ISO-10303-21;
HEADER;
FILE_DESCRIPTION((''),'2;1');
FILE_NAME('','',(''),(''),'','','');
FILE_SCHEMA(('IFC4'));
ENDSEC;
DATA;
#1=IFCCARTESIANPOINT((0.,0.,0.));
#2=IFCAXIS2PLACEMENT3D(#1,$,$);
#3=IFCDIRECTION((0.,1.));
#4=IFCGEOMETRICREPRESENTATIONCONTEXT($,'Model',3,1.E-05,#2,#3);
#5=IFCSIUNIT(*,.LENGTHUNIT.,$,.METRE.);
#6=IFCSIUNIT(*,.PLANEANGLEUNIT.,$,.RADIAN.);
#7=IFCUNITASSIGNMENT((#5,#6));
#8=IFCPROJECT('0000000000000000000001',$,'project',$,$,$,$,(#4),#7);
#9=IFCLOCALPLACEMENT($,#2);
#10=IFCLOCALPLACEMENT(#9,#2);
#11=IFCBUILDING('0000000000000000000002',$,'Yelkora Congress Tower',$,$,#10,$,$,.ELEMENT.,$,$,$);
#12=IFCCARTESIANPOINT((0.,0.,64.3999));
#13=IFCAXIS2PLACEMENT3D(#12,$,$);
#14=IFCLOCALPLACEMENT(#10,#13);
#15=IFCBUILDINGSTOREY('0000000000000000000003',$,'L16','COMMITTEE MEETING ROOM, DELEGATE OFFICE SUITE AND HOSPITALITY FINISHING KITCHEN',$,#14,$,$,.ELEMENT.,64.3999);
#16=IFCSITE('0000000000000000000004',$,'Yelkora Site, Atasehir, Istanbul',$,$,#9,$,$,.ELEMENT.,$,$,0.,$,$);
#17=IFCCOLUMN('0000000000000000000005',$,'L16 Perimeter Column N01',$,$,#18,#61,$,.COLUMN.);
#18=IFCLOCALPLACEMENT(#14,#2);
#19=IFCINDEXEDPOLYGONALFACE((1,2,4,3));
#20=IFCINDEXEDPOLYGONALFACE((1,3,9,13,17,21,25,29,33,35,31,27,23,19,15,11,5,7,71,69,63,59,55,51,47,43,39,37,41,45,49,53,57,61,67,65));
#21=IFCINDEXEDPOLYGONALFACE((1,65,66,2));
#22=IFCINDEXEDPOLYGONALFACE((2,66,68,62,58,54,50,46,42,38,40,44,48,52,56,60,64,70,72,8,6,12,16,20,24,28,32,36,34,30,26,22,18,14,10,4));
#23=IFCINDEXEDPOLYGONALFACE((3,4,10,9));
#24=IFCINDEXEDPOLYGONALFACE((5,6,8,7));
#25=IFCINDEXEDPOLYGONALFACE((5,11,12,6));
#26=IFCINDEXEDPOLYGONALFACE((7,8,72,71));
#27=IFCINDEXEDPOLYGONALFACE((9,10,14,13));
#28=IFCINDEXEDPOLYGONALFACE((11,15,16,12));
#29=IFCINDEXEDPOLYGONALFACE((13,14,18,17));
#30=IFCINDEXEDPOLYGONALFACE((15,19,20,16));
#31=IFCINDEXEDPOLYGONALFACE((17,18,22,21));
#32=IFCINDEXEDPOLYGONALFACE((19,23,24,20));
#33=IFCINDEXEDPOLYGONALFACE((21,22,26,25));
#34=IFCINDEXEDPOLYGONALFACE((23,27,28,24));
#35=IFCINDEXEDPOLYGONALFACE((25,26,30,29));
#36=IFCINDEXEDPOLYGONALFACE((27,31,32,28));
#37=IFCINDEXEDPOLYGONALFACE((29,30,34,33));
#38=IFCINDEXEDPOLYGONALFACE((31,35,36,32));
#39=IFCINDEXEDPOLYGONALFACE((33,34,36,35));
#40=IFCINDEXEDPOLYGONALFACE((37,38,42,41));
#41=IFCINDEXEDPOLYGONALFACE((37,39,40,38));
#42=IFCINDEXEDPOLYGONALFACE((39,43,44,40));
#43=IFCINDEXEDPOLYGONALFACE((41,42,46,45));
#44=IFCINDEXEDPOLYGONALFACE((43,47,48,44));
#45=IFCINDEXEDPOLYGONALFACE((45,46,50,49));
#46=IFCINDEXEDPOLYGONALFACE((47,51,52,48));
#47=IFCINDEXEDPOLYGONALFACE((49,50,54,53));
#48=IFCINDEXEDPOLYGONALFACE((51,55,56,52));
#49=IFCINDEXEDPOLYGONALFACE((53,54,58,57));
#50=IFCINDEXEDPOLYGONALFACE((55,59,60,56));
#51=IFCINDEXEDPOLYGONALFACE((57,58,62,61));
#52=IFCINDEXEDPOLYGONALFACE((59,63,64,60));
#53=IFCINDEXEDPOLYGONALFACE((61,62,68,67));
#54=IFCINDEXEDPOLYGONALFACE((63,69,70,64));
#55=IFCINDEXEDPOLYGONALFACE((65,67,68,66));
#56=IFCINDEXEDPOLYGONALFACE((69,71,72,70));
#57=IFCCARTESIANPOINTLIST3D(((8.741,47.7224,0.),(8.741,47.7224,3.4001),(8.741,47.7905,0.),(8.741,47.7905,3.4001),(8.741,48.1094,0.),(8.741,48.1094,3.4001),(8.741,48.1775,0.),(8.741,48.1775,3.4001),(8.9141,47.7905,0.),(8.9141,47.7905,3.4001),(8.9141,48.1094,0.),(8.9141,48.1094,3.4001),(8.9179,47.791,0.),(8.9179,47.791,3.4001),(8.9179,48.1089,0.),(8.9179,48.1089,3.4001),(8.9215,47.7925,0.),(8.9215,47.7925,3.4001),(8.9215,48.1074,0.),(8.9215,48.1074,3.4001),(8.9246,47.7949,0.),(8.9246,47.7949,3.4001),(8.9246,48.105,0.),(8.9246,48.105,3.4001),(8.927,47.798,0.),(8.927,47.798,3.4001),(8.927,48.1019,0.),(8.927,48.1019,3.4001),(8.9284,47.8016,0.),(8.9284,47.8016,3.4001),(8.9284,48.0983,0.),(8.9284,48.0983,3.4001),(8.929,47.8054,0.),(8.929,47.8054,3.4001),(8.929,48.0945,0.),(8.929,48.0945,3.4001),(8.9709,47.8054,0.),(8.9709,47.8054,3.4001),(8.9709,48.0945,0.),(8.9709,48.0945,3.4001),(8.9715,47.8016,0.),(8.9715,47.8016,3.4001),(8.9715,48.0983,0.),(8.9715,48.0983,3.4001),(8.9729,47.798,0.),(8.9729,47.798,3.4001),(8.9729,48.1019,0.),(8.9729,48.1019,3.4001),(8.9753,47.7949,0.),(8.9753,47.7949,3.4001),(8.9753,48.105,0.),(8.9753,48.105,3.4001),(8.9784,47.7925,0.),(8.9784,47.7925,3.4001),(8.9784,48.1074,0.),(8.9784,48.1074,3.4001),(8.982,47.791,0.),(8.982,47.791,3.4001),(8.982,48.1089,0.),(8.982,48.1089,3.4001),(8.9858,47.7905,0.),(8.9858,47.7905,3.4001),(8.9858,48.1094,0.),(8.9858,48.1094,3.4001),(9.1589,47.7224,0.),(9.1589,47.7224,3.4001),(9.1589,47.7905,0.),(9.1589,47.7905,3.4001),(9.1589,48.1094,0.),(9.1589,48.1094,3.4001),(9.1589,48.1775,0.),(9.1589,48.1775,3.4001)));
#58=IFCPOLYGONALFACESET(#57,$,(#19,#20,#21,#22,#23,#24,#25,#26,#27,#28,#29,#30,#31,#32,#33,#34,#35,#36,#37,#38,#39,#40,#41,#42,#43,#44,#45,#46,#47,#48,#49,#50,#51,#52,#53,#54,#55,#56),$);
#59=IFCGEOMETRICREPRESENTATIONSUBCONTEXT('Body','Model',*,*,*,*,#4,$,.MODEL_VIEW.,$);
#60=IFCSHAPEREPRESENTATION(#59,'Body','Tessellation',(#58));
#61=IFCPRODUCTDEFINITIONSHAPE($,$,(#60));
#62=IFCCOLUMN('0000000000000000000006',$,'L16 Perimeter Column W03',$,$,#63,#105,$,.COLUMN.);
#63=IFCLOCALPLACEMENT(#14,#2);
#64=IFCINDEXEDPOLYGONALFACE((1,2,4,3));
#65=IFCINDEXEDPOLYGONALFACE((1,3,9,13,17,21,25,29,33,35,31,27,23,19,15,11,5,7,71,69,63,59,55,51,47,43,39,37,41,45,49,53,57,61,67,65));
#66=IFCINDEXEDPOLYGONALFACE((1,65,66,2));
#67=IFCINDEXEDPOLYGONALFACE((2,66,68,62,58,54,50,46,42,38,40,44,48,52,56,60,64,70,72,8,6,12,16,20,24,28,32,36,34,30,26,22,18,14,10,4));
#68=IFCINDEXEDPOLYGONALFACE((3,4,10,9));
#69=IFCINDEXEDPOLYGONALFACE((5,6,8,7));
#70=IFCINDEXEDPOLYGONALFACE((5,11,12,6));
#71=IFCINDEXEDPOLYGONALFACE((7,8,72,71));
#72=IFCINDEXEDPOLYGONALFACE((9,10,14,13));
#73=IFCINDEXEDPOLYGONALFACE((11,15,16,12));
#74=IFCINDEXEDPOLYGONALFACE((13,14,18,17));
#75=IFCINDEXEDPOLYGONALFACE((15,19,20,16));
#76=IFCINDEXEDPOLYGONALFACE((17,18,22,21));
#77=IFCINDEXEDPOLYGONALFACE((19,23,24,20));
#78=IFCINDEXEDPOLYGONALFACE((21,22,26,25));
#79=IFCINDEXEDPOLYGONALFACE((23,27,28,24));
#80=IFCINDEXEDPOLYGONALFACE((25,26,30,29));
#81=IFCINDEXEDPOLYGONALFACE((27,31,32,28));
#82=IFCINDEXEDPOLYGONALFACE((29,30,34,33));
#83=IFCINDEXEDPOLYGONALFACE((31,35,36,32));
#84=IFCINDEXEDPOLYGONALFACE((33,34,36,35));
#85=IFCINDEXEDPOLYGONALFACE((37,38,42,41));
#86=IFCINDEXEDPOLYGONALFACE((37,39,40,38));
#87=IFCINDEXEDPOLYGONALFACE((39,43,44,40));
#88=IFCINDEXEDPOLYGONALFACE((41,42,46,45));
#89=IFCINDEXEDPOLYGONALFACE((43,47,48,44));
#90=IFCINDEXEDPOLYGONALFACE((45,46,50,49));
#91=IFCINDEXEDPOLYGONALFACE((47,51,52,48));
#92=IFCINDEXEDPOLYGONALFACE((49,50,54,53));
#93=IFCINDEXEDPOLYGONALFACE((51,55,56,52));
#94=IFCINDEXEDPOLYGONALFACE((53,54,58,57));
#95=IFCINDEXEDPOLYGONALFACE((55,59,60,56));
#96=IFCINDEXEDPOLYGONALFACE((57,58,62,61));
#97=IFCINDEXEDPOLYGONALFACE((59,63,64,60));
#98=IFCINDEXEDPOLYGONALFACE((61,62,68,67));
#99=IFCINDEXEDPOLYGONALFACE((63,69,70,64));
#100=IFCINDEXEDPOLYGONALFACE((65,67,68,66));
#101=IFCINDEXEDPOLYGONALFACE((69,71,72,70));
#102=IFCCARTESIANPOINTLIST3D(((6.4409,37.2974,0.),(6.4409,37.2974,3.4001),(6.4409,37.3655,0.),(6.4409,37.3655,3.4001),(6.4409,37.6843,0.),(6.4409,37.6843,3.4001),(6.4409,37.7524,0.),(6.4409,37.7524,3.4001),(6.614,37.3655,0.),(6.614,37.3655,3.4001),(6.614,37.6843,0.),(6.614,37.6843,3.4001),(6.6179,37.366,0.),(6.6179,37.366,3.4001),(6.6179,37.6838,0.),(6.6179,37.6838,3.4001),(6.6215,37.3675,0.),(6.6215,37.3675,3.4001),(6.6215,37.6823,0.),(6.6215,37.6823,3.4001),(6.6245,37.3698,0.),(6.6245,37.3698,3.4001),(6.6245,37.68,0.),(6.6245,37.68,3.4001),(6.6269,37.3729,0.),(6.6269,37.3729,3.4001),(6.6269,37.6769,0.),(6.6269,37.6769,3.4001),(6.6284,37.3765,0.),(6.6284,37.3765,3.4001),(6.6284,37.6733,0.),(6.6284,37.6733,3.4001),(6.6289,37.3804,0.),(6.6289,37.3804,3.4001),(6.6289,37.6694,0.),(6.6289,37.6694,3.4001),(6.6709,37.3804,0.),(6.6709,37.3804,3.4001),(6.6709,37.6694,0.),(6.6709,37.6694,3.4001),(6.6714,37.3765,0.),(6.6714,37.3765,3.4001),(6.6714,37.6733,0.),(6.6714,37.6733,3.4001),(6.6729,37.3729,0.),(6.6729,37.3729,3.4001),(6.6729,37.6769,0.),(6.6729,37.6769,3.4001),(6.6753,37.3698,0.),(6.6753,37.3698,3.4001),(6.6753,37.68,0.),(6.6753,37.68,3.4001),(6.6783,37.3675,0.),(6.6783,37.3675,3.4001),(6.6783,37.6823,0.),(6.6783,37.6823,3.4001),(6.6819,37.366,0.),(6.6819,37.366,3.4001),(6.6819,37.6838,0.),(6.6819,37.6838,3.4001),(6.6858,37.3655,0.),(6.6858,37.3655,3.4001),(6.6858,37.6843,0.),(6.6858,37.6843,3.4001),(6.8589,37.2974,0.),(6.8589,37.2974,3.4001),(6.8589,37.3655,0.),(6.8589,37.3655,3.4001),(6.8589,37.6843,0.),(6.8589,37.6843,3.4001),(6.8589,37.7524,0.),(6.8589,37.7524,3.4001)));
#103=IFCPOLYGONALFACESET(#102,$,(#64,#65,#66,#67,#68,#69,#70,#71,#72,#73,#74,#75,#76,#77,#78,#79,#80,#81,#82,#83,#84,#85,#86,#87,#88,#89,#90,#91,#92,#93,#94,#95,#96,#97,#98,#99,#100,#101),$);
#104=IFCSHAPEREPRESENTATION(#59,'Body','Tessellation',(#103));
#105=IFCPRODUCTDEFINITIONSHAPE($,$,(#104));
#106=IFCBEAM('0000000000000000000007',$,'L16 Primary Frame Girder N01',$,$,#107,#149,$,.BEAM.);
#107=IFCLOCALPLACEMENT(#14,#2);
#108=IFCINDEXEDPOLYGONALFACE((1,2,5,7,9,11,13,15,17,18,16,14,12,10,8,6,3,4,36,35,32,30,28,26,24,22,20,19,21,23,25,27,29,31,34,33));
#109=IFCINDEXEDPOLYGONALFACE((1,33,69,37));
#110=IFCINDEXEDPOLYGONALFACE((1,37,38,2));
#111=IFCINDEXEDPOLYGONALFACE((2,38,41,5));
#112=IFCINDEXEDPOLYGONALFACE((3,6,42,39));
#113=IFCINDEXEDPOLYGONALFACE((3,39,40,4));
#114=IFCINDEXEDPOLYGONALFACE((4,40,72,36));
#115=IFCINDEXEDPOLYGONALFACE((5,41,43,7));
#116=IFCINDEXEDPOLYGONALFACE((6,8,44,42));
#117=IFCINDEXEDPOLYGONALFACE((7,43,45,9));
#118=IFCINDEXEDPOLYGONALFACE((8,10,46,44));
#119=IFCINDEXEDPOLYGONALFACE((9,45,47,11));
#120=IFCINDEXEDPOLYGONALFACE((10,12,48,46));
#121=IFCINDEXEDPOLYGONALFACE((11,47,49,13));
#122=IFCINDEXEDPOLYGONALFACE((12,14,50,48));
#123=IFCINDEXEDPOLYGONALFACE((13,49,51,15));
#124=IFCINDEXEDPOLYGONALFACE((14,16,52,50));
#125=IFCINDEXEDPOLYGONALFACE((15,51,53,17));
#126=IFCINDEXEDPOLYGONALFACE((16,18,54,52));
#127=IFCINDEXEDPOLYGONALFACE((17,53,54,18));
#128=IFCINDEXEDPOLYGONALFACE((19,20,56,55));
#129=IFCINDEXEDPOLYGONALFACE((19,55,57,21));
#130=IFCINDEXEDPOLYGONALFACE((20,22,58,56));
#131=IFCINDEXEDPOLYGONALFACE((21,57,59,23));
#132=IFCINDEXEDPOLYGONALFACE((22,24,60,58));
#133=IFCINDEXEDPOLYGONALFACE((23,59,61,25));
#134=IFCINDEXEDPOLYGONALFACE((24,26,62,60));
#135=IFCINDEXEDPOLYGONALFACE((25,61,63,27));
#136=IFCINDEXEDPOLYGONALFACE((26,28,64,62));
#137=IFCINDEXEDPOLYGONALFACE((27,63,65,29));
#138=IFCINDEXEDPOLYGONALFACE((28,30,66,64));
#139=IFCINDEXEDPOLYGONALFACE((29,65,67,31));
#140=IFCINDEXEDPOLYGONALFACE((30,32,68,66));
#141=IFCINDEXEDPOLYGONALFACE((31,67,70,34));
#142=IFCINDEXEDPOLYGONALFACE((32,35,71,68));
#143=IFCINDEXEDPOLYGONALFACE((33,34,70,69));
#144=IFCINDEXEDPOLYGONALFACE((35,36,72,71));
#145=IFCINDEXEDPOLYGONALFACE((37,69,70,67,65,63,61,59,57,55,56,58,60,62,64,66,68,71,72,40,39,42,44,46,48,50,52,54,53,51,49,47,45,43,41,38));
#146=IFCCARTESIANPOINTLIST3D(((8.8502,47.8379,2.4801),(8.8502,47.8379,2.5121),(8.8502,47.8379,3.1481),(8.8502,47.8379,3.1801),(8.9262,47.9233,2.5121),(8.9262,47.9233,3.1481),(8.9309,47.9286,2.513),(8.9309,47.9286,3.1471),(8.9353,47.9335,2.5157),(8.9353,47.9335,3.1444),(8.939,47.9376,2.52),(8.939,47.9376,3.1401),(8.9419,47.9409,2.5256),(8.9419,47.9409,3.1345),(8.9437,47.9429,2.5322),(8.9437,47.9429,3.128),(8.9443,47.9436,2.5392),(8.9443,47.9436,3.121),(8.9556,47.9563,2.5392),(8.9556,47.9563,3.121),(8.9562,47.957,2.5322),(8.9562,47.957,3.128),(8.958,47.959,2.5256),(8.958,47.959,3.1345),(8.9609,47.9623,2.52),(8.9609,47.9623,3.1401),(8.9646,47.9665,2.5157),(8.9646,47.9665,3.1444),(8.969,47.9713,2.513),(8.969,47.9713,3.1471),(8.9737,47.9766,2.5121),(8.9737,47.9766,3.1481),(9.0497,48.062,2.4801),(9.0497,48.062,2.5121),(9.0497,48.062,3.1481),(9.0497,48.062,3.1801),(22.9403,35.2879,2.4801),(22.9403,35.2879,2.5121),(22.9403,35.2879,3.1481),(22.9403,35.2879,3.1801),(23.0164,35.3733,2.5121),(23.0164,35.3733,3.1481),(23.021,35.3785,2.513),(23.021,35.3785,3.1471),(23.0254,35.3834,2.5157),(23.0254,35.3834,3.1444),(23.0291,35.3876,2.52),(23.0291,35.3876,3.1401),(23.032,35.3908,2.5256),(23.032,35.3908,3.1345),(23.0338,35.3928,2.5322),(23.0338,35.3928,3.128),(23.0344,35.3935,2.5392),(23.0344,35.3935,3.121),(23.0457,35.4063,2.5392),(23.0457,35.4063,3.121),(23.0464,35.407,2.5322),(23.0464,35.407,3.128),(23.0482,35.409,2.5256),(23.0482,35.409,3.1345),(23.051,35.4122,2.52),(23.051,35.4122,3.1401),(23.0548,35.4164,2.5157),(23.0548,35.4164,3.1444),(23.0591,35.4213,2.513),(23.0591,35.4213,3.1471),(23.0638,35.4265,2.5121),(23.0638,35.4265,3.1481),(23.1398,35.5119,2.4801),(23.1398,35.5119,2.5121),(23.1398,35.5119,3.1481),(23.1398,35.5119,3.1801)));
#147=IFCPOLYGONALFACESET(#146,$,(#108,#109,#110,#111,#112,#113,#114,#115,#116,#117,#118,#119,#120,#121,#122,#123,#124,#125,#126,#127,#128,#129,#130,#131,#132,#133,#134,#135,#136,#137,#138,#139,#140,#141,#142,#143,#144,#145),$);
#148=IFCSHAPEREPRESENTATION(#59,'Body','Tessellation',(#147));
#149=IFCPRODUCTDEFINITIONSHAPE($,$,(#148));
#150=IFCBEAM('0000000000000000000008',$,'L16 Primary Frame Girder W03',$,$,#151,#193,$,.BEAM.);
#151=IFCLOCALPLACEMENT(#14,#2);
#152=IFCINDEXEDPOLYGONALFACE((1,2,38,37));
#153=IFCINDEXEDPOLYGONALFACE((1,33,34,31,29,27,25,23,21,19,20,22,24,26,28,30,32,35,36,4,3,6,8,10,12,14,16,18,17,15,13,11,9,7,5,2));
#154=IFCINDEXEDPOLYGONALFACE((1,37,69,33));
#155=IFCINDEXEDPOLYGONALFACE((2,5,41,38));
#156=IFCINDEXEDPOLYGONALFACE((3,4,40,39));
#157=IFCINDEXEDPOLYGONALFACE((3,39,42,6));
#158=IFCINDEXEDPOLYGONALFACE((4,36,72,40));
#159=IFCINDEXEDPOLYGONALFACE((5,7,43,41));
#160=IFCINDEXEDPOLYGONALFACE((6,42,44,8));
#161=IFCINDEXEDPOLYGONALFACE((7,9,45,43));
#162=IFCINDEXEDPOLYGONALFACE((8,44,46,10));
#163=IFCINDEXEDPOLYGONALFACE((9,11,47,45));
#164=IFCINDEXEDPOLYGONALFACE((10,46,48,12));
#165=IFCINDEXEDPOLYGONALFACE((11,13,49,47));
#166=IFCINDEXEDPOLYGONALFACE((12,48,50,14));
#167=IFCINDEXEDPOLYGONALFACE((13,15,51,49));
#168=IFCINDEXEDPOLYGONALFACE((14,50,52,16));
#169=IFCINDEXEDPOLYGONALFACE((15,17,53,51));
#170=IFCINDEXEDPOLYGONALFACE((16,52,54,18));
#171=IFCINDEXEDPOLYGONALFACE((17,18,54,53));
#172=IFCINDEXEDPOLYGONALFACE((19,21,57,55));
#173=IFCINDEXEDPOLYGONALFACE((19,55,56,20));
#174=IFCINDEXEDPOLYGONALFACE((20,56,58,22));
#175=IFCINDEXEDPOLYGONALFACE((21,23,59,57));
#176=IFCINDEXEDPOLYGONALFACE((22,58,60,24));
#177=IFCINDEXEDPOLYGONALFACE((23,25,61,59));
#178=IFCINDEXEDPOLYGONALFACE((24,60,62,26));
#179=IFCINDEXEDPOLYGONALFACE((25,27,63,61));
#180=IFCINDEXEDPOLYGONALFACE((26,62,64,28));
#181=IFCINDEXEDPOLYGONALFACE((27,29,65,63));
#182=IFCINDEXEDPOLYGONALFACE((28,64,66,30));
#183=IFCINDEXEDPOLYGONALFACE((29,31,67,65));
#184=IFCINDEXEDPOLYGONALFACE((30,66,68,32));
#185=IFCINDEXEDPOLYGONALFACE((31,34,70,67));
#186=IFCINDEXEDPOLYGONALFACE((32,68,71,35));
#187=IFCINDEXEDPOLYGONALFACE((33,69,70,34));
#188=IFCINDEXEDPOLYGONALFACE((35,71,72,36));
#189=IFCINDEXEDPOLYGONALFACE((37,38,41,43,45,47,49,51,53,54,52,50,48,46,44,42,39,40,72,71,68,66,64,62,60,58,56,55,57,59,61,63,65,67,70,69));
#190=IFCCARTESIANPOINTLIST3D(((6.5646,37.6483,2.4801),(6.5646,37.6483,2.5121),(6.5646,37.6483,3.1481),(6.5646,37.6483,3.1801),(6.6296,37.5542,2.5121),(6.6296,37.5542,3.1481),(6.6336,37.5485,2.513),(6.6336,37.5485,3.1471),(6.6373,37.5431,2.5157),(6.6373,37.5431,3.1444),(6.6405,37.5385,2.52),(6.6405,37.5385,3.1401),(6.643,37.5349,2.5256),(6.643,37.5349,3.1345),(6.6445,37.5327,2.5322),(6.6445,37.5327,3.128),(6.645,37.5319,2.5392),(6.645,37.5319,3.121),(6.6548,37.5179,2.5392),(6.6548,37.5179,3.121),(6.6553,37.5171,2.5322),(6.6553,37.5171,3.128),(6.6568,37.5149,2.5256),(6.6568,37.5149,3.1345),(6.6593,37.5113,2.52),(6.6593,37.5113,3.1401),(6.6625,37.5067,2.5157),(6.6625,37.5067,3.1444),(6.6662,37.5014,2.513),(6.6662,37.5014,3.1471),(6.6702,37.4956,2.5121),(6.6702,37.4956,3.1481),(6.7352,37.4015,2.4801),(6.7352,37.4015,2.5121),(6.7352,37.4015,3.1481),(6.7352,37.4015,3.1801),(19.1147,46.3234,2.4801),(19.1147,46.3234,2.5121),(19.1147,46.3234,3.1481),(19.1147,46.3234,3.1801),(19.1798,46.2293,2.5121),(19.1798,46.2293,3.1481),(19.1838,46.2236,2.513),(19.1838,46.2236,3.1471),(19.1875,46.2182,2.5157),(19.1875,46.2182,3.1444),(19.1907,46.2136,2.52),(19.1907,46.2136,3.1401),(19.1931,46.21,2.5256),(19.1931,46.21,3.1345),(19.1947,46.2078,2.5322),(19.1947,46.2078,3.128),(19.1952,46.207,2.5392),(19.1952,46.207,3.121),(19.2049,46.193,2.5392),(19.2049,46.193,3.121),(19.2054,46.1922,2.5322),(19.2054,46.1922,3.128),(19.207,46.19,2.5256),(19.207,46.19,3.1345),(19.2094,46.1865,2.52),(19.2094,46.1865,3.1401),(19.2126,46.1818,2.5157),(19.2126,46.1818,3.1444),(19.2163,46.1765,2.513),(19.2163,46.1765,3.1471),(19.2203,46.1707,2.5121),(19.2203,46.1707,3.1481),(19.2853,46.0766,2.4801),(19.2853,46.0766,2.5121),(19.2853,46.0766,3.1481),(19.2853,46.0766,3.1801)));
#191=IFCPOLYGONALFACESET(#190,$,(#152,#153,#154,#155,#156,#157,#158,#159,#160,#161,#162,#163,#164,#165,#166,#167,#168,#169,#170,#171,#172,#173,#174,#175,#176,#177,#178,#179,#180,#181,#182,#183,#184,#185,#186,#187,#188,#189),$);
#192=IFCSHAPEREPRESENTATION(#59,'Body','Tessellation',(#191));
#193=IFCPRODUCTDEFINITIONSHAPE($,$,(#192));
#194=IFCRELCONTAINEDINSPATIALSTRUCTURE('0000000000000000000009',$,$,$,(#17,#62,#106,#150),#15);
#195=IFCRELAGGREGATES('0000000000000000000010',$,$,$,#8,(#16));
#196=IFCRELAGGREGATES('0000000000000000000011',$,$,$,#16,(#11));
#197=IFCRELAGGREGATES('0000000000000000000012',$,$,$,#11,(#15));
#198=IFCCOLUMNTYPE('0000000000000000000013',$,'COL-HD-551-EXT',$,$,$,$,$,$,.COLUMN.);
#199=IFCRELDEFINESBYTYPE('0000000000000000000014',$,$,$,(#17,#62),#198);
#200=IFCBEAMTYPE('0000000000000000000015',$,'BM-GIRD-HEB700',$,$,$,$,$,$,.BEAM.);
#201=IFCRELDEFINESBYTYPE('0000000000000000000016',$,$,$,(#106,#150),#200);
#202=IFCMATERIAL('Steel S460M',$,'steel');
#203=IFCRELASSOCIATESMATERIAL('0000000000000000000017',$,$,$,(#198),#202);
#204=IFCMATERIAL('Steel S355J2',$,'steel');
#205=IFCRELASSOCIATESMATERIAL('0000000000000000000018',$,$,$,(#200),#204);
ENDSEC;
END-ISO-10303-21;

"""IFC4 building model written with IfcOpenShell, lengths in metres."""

from ifc_helpers import new_model, si_unit, direction, frame, origin, origin_2d, place, context, subcontext, project, spatial, i_section, extrude, material, material_profile, profile_set, type_object, element, save


model = new_model("IFC4")

# Units and contexts
model_context = context("Model", 3, precision=1e-05, world=origin(), true_north=direction((0.0, 1.0)))
body_context = subcontext(model_context, "Body", "Model", "MODEL_VIEW")
ifc_project = project(units=[si_unit("LENGTHUNIT", "METRE"), si_unit("PLANEANGLEUNIT", "RADIAN")], contexts=[model_context])

# Site, building, storey
site_placement = place(None, origin())
site = spatial("IfcSite", under=ifc_project, at=site_placement, Name="Yelkora Site, Atasehir, Istanbul", CompositionType="ELEMENT", RefElevation=0.0)
building_placement = place(site_placement, origin())
building = spatial("IfcBuilding", under=site, at=building_placement, Name="Yelkora Congress Tower", CompositionType="ELEMENT")
storey_placement = place(building_placement, frame((0.0, 0.0, 64.3999)))
storey = spatial("IfcBuildingStorey", under=building, at=storey_placement, Name="L16", Description="COMMITTEE MEETING ROOM, DELEGATE OFFICE SUITE AND HOSPITALITY FINISHING KITCHEN", CompositionType="ELEMENT", Elevation=64.3999)

# Columns
ifc_material_1 = material(Name="Steel S460M", Category="steel")
ifc_material_profile_1 = material_profile(ifc_material_1, i_section(OverallWidth=0.418, OverallDepth=0.4551, WebThickness=0.042, FlangeThickness=0.0681, FilletRadius=0.0149, at=origin_2d()), Name="HD 400x551")
ifc_profile_set_1 = profile_set([ifc_material_profile_1], Name="Steel S460M")
column_type = type_object("IfcColumnType", Name="COL-HD-551-EXT", PredefinedType="COLUMN", material=ifc_profile_set_1)
for number, where, z_axis, x_axis, name in (
    (1, (8.95, 47.95, 0.0), (0.0, 0.0, 1.0), (1.0, 0.0, 0.0), "L16 Perimeter Column N01"),
    (2, (6.6499, 37.5249, 0.0), (0.0, 0.0, 1.0), (1.0, 0.0, 0.0), "L16 Perimeter Column W03"),
):
    element("IfcColumn", number, at=place(storey_placement, frame(where, z_axis=z_axis, x_axis=x_axis)), inside=storey, type_object=column_type, Name=name, PredefinedType="COLUMN", context=body_context, shape_type="SweptSolid", body=[
        extrude(i_section(OverallWidth=0.418, OverallDepth=0.4551, WebThickness=0.042, FlangeThickness=0.0681, FilletRadius=0.0149, at=origin_2d()), origin(), (0.0, 0.0, 1.0), 3.4001),
    ])

# Beams
ifc_material_2 = material(Name="Steel S355J2", Category="steel")
ifc_material_profile_2 = material_profile(ifc_material_2, i_section(OverallWidth=0.3, OverallDepth=0.7, WebThickness=0.0171, FlangeThickness=0.032, FilletRadius=0.0271, at=origin_2d()), Name="HEB 700")
ifc_profile_set_2 = profile_set([ifc_material_profile_2], Name="Steel S355J2")
beam_type_1 = type_object("IfcBeamType", Name="BM-GIRD-HEB700", PredefinedType="BEAM", material=ifc_profile_set_2)
beam_1_placement = place(storey_placement, frame((8.95, 47.95, 2.8301), z_axis=(0.746737, -0.665119, 0.0), x_axis=(0.665119, 0.746737, 0.0)))
element("IfcBeam", 3, at=beam_1_placement, inside=storey, type_object=beam_type_1, Name="L16 Primary Frame Girder N01", PredefinedType="BEAM", context=body_context, shape_type="SweptSolid", body=[
    extrude(i_section(OverallWidth=0.3, OverallDepth=0.7, WebThickness=0.0171, FlangeThickness=0.032, FilletRadius=0.0271, at=origin_2d()), origin(), (0.0, 0.0, 1.0), 18.8689),
])
beam_2_placement = place(storey_placement, frame((6.6499, 37.5249, 2.8301), z_axis=(0.822604, 0.568614, 0.0), x_axis=(-0.568614, 0.822604, 0.0)))
element("IfcBeam", 4, at=beam_2_placement, inside=storey, type_object=beam_type_1, Name="L16 Primary Frame Girder W03", PredefinedType="BEAM", context=body_context, shape_type="SweptSolid", body=[
    extrude(i_section(OverallWidth=0.3, OverallDepth=0.7, WebThickness=0.0171, FlangeThickness=0.032, FilletRadius=0.0271, at=origin_2d()), origin(), (0.0, 0.0, 1.0), 15.2566),
])

save(model, "model.ifc")
